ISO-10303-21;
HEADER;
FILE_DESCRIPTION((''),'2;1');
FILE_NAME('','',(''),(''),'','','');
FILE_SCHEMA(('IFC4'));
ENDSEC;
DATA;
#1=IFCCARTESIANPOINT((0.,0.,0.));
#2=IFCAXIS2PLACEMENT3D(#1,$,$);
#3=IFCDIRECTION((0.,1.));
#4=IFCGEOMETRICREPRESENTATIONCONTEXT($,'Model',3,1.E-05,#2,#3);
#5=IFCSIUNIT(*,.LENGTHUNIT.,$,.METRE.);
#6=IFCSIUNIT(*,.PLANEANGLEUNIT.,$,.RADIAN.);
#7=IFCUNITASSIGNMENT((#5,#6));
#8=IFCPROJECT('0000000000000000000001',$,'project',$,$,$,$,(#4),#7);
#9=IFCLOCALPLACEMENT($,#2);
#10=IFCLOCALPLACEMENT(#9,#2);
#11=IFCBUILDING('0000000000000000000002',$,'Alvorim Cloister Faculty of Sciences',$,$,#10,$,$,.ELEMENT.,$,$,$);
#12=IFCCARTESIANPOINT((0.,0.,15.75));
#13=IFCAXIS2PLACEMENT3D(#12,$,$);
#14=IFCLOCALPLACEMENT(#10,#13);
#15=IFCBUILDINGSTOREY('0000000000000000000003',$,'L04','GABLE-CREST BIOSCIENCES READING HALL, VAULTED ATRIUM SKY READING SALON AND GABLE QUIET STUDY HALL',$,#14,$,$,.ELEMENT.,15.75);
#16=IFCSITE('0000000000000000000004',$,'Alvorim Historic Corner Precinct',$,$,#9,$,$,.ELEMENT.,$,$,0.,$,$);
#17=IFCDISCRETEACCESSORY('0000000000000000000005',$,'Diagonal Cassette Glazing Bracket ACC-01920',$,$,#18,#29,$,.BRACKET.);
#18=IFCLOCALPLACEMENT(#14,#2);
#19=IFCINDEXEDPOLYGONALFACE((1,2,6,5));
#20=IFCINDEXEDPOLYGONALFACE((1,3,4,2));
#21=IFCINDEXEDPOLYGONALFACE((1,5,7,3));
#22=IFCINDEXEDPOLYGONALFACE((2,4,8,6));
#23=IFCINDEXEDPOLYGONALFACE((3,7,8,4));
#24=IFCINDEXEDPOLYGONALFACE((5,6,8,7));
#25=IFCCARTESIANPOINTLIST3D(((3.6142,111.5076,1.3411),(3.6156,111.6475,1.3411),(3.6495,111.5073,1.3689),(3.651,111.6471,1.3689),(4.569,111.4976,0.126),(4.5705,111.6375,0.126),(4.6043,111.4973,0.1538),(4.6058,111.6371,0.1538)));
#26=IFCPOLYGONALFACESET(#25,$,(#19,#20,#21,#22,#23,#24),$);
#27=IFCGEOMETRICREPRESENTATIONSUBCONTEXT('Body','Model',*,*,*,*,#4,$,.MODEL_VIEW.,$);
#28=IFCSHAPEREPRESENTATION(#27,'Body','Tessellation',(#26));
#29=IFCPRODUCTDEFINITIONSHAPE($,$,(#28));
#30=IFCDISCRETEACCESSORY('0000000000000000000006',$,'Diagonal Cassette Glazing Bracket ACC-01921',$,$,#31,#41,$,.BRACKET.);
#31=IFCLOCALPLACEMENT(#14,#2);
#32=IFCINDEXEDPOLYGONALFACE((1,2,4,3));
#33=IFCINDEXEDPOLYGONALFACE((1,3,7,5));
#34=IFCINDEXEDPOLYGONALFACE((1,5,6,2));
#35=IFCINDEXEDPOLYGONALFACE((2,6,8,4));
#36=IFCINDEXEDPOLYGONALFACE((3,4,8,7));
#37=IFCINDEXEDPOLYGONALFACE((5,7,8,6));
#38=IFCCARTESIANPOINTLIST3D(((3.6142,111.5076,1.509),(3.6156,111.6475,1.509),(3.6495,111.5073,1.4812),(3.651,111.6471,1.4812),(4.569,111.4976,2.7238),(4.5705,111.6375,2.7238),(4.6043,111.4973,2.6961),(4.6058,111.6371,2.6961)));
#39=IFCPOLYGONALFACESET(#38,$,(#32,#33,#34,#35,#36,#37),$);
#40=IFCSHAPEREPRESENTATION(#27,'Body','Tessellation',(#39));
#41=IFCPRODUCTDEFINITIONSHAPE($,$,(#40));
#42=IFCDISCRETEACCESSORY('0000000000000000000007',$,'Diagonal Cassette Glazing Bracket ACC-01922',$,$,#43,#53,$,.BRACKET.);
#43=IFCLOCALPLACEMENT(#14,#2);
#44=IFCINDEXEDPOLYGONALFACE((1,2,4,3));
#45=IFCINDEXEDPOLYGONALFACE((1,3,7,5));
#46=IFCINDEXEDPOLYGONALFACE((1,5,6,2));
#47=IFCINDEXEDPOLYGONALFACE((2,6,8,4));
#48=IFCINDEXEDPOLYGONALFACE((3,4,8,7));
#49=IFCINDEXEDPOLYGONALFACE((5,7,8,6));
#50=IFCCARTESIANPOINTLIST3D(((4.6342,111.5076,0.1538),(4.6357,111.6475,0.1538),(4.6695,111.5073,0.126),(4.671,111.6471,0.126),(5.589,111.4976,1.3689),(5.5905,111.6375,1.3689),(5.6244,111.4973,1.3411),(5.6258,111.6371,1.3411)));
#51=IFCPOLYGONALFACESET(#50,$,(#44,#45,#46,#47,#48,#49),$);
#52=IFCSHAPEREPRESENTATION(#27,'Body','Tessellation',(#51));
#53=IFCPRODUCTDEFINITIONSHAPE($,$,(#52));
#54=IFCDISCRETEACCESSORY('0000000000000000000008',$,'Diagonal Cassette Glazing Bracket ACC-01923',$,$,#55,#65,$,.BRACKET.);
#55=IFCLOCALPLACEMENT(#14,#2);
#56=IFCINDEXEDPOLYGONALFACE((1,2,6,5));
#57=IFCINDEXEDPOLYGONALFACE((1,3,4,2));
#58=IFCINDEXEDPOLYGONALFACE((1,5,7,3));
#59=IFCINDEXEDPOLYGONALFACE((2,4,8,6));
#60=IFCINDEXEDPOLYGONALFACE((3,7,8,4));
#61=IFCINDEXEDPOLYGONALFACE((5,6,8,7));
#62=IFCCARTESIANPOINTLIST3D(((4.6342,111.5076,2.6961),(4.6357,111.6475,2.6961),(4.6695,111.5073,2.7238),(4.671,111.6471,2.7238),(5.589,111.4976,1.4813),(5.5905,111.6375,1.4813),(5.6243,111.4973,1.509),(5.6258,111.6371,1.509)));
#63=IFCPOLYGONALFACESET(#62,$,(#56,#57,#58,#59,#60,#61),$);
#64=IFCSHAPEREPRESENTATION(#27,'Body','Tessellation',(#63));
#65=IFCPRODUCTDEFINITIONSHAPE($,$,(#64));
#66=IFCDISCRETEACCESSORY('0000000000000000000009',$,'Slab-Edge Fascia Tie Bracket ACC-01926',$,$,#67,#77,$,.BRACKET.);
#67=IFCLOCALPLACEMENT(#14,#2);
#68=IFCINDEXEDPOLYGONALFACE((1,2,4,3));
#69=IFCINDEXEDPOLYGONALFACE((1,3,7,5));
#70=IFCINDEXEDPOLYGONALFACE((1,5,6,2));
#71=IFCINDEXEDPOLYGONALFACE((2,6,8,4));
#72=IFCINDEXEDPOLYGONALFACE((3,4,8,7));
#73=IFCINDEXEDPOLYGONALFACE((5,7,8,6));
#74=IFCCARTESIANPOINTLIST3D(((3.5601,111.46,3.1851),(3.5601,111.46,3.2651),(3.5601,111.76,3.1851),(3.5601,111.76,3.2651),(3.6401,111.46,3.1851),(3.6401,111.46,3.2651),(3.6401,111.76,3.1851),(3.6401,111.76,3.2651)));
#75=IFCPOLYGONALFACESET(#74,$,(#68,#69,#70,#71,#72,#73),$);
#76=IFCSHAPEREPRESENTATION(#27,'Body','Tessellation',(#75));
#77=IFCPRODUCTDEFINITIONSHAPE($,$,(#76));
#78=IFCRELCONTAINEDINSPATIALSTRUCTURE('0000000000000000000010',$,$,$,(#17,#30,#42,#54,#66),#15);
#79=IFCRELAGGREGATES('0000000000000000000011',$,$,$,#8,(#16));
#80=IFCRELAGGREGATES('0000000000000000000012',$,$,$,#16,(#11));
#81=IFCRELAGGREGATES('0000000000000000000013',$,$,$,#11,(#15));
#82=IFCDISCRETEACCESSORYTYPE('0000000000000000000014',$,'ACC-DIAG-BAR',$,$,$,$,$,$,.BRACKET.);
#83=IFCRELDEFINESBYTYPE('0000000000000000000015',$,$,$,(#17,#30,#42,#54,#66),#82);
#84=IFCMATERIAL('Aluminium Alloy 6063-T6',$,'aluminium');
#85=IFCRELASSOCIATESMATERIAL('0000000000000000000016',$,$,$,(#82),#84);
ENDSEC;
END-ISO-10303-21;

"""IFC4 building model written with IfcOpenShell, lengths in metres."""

from ifc_helpers import new_model, si_unit, direction, frame, origin, origin_2d, place, context, subcontext, project, spatial, rectangle, extrude, material, type_object, element, save


model = new_model("IFC4")

# Units and contexts
model_context = context("Model", 3, precision=1e-05, world=origin(), true_north=direction((0.0, 1.0)))
body_context = subcontext(model_context, "Body", "Model", "MODEL_VIEW")
ifc_project = project(units=[si_unit("LENGTHUNIT", "METRE"), si_unit("PLANEANGLEUNIT", "RADIAN")], contexts=[model_context])

# Site, building, storey
site_placement = place(None, origin())
site = spatial("IfcSite", under=ifc_project, at=site_placement, Name="Alvorim Historic Corner Precinct", CompositionType="ELEMENT", RefElevation=0.0)
building_placement = place(site_placement, origin())
building = spatial("IfcBuilding", under=site, at=building_placement, Name="Alvorim Cloister Faculty of Sciences", CompositionType="ELEMENT")
storey_placement = place(building_placement, frame((0.0, 0.0, 15.75)))
storey = spatial("IfcBuildingStorey", under=building, at=storey_placement, Name="L04", Description="GABLE-CREST BIOSCIENCES READING HALL, VAULTED ATRIUM SKY READING SALON AND GABLE QUIET STUDY HALL", CompositionType="ELEMENT", Elevation=15.75)

# Shared definitions
ifc_material_1 = material(Name="Aluminium Alloy 6063-T6", Category="aluminium")

# Discrete accessories
discrete_accessory_type = type_object("IfcDiscreteAccessoryType", Name="ACC-DIAG-BAR", PredefinedType="BRACKET", material=ifc_material_1)
discrete_accessory_1_placement = place(storey_placement, frame((3.6326, 111.5774, 1.355), z_axis=(0.617857, -0.006477, -0.786263), x_axis=(0.010483, 0.999945, 0.0)))
element("IfcDiscreteAccessory", 1, at=discrete_accessory_1_placement, inside=storey, type_object=discrete_accessory_type, Name="Diagonal Cassette Glazing Bracket ACC-01920", PredefinedType="BRACKET", context=body_context, shape_type="SweptSolid", body=[
    extrude(rectangle(XDim=0.1399, YDim=0.0449, at=origin_2d()), origin(), (0.0, 0.0, 1.0), 1.5454),
])
discrete_accessory_2_placement = place(storey_placement, frame((3.6326, 111.5774, 1.4951), z_axis=(0.617934, -0.006478, 0.786203), x_axis=(0.010483, 0.999945, 0.0)))
element("IfcDiscreteAccessory", 2, at=discrete_accessory_2_placement, inside=storey, type_object=discrete_accessory_type, Name="Diagonal Cassette Glazing Bracket ACC-01921", PredefinedType="BRACKET", context=body_context, shape_type="SweptSolid", body=[
    extrude(rectangle(XDim=0.1399, YDim=0.0449, at=origin_2d()), origin(), (0.0, 0.0, 1.0), 1.5452),
])
discrete_accessory_3_placement = place(storey_placement, frame((4.6526, 111.5774, 0.1399), z_axis=(0.617857, -0.006477, 0.786263), x_axis=(0.010483, 0.999945, 0.0)))
element("IfcDiscreteAccessory", 3, at=discrete_accessory_3_placement, inside=storey, type_object=discrete_accessory_type, Name="Diagonal Cassette Glazing Bracket ACC-01922", PredefinedType="BRACKET", context=body_context, shape_type="SweptSolid", body=[
    extrude(rectangle(XDim=0.1399, YDim=0.0449, at=origin_2d()), origin(), (0.0, 0.0, 1.0), 1.5454),
])
discrete_accessory_4_placement = place(storey_placement, frame((4.6526, 111.5774, 2.71), z_axis=(0.617934, -0.006478, -0.786203), x_axis=(0.010483, 0.999945, 0.0)))
element("IfcDiscreteAccessory", 4, at=discrete_accessory_4_placement, inside=storey, type_object=discrete_accessory_type, Name="Diagonal Cassette Glazing Bracket ACC-01923", PredefinedType="BRACKET", context=body_context, shape_type="SweptSolid", body=[
    extrude(rectangle(XDim=0.1399, YDim=0.0449, at=origin_2d()), origin(), (0.0, 0.0, 1.0), 1.5452),
])
discrete_accessory_5_placement = place(storey_placement, frame((3.6001, 111.46, 3.2251), z_axis=(0.0, 1.0, 0.0), x_axis=(-1.0, 0.0, 0.0)))
element("IfcDiscreteAccessory", 5, at=discrete_accessory_5_placement, inside=storey, type_object=discrete_accessory_type, Name="Slab-Edge Fascia Tie Bracket ACC-01926", PredefinedType="BRACKET", context=body_context, shape_type="SweptSolid", body=[
    extrude(rectangle(XDim=0.0801, YDim=0.0801, at=origin_2d()), origin(), (0.0, 0.0, 1.0), 0.3),
])

save(model, "model.ifc")
